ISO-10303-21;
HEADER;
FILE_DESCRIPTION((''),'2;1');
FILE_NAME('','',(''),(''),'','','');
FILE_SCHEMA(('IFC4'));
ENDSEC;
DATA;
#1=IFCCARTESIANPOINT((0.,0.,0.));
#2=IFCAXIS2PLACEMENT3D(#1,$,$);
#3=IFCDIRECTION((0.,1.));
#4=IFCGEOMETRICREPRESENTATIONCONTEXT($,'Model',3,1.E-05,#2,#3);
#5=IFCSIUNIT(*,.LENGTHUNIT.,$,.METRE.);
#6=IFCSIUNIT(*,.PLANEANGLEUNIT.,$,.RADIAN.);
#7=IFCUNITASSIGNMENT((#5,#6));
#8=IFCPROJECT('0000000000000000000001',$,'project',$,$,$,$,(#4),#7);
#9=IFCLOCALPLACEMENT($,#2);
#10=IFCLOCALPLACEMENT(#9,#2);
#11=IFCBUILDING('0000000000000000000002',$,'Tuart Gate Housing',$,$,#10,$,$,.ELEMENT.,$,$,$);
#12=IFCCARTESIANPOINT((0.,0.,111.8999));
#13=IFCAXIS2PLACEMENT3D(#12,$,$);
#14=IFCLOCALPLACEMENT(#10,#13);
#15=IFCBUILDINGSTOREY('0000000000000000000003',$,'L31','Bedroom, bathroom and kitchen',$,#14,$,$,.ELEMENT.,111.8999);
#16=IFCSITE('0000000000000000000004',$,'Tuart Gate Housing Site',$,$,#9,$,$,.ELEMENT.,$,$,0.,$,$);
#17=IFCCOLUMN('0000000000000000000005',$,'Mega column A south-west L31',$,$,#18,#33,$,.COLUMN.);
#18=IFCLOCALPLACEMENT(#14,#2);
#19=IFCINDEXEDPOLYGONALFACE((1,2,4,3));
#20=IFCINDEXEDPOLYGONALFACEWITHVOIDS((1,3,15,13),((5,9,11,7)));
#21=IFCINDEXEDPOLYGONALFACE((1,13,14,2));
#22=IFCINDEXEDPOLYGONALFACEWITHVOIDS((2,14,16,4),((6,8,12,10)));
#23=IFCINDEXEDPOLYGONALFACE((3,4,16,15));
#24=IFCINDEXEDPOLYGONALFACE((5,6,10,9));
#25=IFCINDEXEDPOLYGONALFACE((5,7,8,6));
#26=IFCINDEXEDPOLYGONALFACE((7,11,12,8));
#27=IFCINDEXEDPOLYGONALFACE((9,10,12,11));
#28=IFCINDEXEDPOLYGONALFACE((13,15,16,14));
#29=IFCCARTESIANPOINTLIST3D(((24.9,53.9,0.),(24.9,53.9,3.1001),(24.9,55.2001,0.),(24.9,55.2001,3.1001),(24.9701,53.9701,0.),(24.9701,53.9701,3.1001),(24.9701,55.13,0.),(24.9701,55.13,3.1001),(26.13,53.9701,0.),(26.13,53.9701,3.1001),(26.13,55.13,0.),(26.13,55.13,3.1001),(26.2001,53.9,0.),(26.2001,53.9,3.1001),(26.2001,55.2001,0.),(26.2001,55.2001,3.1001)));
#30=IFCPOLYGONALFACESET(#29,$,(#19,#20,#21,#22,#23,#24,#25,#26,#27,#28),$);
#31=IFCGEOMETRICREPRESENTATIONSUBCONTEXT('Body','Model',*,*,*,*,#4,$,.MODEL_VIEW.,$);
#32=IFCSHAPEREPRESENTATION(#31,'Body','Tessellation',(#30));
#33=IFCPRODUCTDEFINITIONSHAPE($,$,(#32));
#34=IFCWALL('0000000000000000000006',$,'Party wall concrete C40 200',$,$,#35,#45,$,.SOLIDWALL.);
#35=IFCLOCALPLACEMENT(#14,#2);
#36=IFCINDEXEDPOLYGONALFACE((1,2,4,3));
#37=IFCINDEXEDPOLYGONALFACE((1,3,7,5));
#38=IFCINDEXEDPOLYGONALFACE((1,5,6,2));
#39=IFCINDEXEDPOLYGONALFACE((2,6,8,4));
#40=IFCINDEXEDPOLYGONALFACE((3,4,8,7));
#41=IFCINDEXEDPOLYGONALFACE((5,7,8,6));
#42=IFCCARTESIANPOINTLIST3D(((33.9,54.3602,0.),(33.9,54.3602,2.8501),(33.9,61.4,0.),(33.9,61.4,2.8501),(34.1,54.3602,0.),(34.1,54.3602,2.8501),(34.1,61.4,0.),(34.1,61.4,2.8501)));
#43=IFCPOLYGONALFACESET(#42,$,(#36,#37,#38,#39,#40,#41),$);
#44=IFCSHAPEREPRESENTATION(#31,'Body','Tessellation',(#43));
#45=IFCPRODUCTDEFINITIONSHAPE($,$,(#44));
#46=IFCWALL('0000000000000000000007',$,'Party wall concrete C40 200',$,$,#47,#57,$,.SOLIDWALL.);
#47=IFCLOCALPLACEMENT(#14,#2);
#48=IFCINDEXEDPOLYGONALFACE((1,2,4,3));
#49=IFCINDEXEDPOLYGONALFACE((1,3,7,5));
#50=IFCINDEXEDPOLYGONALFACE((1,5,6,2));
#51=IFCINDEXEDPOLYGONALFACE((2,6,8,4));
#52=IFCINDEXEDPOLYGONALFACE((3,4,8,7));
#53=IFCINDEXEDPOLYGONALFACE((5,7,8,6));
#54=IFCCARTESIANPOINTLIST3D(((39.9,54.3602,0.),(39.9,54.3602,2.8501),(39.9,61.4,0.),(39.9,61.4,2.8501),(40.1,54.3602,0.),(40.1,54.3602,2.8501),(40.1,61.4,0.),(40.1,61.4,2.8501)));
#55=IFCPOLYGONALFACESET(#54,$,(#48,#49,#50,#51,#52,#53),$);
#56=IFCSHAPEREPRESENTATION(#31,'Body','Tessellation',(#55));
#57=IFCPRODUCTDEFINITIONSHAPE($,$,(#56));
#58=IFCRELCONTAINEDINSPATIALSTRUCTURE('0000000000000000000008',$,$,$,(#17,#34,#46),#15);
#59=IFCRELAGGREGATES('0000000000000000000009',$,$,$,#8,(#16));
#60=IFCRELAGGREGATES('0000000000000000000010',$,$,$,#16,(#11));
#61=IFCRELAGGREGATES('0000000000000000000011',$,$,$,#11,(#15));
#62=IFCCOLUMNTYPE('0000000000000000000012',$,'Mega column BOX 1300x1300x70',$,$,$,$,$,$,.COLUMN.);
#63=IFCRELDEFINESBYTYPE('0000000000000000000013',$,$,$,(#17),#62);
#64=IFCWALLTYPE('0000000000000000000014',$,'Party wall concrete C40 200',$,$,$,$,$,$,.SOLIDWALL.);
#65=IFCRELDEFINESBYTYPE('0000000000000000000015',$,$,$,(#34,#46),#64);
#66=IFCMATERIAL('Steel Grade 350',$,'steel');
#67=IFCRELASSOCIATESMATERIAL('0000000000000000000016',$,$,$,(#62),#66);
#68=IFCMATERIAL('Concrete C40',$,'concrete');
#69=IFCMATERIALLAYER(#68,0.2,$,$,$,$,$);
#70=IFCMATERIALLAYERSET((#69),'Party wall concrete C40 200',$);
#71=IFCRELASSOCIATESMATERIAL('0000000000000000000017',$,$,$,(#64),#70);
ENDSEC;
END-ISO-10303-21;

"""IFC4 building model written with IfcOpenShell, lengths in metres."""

from ifc_helpers import new_model, si_unit, direction, frame, frame_2d, origin, origin_2d, place, context, subcontext, project, spatial, rectangle, hollow_rectangle, extrude, material, layer, layer_set, material_profile, profile_set, type_object, element, save


model = new_model("IFC4")

# Units and contexts
model_context = context("Model", 3, precision=1e-05, world=origin(), true_north=direction((0.0, 1.0)))
body_context = subcontext(model_context, "Body", "Model", "MODEL_VIEW")
ifc_project = project(units=[si_unit("LENGTHUNIT", "METRE"), si_unit("PLANEANGLEUNIT", "RADIAN")], contexts=[model_context])

# Site, building, storey
site_placement = place(None, origin())
site = spatial("IfcSite", under=ifc_project, at=site_placement, Name="Tuart Gate Housing Site", CompositionType="ELEMENT", RefElevation=0.0)
building_placement = place(site_placement, origin())
building = spatial("IfcBuilding", under=site, at=building_placement, Name="Tuart Gate Housing", CompositionType="ELEMENT")
storey_placement = place(building_placement, frame((0.0, 0.0, 111.8999)))
storey = spatial("IfcBuildingStorey", under=building, at=storey_placement, Name="L31", Description="Bedroom, bathroom and kitchen", CompositionType="ELEMENT", Elevation=111.8999)

# Column
ifc_material_1 = material(Name="Steel Grade 350", Category="steel")
ifc_material_profile = material_profile(ifc_material_1, hollow_rectangle(XDim=1.3, YDim=1.3, WallThickness=0.0701, at=origin_2d()), Name="BOX 1300x1300x70")
ifc_profile_set = profile_set([ifc_material_profile], Name="Steel Grade 350")
column_type = type_object("IfcColumnType", Name="Mega column BOX 1300x1300x70", PredefinedType="COLUMN", material=ifc_profile_set)
column_placement = place(storey_placement, frame((25.55, 54.55, 0.0), z_axis=(0.0, 0.0, 1.0), x_axis=(1.0, 0.0, 0.0)))
element("IfcColumn", 1, at=column_placement, inside=storey, type_object=column_type, Name="Mega column A south-west L31", PredefinedType="COLUMN", context=body_context, shape_type="SweptSolid", body=[
    extrude(hollow_rectangle(XDim=1.3, YDim=1.3, WallThickness=0.0701, at=origin_2d()), origin(), (0.0, 0.0, 1.0), 3.1001),
])

# Walls
ifc_material_2 = material(Name="Concrete C40", Category="concrete")
ifc_layer_1 = layer(ifc_material_2, 0.2)
ifc_layer_set_1 = layer_set([ifc_layer_1], Name="Party wall concrete C40 200")
wall_type_1 = type_object("IfcWallType", Name="Party wall concrete C40 200", PredefinedType="SOLIDWALL", material=ifc_layer_set_1)
for number, where, z_axis, x_axis, name in (
    (2, (34.0, 54.3601, 0.0), (0.0, 0.0, 1.0), (0.0, 1.0, 0.0), "Party wall concrete C40 200"),
    (3, (40.0, 54.3601, 0.0), (0.0, 0.0, 1.0), (0.0, 1.0, 0.0), "Party wall concrete C40 200"),
):
    element("IfcWall", number, at=place(storey_placement, frame(where, z_axis=z_axis, x_axis=x_axis)), inside=storey, type_object=wall_type_1, Name=name, PredefinedType="SOLIDWALL", context=body_context, shape_type="SweptSolid", body=[
        extrude(rectangle(XDim=7.0398, YDim=0.2, at=frame_2d((3.52, 0.0))), origin(), (0.0, 0.0, 1.0), 2.8501),
    ])

save(model, "model.ifc")
